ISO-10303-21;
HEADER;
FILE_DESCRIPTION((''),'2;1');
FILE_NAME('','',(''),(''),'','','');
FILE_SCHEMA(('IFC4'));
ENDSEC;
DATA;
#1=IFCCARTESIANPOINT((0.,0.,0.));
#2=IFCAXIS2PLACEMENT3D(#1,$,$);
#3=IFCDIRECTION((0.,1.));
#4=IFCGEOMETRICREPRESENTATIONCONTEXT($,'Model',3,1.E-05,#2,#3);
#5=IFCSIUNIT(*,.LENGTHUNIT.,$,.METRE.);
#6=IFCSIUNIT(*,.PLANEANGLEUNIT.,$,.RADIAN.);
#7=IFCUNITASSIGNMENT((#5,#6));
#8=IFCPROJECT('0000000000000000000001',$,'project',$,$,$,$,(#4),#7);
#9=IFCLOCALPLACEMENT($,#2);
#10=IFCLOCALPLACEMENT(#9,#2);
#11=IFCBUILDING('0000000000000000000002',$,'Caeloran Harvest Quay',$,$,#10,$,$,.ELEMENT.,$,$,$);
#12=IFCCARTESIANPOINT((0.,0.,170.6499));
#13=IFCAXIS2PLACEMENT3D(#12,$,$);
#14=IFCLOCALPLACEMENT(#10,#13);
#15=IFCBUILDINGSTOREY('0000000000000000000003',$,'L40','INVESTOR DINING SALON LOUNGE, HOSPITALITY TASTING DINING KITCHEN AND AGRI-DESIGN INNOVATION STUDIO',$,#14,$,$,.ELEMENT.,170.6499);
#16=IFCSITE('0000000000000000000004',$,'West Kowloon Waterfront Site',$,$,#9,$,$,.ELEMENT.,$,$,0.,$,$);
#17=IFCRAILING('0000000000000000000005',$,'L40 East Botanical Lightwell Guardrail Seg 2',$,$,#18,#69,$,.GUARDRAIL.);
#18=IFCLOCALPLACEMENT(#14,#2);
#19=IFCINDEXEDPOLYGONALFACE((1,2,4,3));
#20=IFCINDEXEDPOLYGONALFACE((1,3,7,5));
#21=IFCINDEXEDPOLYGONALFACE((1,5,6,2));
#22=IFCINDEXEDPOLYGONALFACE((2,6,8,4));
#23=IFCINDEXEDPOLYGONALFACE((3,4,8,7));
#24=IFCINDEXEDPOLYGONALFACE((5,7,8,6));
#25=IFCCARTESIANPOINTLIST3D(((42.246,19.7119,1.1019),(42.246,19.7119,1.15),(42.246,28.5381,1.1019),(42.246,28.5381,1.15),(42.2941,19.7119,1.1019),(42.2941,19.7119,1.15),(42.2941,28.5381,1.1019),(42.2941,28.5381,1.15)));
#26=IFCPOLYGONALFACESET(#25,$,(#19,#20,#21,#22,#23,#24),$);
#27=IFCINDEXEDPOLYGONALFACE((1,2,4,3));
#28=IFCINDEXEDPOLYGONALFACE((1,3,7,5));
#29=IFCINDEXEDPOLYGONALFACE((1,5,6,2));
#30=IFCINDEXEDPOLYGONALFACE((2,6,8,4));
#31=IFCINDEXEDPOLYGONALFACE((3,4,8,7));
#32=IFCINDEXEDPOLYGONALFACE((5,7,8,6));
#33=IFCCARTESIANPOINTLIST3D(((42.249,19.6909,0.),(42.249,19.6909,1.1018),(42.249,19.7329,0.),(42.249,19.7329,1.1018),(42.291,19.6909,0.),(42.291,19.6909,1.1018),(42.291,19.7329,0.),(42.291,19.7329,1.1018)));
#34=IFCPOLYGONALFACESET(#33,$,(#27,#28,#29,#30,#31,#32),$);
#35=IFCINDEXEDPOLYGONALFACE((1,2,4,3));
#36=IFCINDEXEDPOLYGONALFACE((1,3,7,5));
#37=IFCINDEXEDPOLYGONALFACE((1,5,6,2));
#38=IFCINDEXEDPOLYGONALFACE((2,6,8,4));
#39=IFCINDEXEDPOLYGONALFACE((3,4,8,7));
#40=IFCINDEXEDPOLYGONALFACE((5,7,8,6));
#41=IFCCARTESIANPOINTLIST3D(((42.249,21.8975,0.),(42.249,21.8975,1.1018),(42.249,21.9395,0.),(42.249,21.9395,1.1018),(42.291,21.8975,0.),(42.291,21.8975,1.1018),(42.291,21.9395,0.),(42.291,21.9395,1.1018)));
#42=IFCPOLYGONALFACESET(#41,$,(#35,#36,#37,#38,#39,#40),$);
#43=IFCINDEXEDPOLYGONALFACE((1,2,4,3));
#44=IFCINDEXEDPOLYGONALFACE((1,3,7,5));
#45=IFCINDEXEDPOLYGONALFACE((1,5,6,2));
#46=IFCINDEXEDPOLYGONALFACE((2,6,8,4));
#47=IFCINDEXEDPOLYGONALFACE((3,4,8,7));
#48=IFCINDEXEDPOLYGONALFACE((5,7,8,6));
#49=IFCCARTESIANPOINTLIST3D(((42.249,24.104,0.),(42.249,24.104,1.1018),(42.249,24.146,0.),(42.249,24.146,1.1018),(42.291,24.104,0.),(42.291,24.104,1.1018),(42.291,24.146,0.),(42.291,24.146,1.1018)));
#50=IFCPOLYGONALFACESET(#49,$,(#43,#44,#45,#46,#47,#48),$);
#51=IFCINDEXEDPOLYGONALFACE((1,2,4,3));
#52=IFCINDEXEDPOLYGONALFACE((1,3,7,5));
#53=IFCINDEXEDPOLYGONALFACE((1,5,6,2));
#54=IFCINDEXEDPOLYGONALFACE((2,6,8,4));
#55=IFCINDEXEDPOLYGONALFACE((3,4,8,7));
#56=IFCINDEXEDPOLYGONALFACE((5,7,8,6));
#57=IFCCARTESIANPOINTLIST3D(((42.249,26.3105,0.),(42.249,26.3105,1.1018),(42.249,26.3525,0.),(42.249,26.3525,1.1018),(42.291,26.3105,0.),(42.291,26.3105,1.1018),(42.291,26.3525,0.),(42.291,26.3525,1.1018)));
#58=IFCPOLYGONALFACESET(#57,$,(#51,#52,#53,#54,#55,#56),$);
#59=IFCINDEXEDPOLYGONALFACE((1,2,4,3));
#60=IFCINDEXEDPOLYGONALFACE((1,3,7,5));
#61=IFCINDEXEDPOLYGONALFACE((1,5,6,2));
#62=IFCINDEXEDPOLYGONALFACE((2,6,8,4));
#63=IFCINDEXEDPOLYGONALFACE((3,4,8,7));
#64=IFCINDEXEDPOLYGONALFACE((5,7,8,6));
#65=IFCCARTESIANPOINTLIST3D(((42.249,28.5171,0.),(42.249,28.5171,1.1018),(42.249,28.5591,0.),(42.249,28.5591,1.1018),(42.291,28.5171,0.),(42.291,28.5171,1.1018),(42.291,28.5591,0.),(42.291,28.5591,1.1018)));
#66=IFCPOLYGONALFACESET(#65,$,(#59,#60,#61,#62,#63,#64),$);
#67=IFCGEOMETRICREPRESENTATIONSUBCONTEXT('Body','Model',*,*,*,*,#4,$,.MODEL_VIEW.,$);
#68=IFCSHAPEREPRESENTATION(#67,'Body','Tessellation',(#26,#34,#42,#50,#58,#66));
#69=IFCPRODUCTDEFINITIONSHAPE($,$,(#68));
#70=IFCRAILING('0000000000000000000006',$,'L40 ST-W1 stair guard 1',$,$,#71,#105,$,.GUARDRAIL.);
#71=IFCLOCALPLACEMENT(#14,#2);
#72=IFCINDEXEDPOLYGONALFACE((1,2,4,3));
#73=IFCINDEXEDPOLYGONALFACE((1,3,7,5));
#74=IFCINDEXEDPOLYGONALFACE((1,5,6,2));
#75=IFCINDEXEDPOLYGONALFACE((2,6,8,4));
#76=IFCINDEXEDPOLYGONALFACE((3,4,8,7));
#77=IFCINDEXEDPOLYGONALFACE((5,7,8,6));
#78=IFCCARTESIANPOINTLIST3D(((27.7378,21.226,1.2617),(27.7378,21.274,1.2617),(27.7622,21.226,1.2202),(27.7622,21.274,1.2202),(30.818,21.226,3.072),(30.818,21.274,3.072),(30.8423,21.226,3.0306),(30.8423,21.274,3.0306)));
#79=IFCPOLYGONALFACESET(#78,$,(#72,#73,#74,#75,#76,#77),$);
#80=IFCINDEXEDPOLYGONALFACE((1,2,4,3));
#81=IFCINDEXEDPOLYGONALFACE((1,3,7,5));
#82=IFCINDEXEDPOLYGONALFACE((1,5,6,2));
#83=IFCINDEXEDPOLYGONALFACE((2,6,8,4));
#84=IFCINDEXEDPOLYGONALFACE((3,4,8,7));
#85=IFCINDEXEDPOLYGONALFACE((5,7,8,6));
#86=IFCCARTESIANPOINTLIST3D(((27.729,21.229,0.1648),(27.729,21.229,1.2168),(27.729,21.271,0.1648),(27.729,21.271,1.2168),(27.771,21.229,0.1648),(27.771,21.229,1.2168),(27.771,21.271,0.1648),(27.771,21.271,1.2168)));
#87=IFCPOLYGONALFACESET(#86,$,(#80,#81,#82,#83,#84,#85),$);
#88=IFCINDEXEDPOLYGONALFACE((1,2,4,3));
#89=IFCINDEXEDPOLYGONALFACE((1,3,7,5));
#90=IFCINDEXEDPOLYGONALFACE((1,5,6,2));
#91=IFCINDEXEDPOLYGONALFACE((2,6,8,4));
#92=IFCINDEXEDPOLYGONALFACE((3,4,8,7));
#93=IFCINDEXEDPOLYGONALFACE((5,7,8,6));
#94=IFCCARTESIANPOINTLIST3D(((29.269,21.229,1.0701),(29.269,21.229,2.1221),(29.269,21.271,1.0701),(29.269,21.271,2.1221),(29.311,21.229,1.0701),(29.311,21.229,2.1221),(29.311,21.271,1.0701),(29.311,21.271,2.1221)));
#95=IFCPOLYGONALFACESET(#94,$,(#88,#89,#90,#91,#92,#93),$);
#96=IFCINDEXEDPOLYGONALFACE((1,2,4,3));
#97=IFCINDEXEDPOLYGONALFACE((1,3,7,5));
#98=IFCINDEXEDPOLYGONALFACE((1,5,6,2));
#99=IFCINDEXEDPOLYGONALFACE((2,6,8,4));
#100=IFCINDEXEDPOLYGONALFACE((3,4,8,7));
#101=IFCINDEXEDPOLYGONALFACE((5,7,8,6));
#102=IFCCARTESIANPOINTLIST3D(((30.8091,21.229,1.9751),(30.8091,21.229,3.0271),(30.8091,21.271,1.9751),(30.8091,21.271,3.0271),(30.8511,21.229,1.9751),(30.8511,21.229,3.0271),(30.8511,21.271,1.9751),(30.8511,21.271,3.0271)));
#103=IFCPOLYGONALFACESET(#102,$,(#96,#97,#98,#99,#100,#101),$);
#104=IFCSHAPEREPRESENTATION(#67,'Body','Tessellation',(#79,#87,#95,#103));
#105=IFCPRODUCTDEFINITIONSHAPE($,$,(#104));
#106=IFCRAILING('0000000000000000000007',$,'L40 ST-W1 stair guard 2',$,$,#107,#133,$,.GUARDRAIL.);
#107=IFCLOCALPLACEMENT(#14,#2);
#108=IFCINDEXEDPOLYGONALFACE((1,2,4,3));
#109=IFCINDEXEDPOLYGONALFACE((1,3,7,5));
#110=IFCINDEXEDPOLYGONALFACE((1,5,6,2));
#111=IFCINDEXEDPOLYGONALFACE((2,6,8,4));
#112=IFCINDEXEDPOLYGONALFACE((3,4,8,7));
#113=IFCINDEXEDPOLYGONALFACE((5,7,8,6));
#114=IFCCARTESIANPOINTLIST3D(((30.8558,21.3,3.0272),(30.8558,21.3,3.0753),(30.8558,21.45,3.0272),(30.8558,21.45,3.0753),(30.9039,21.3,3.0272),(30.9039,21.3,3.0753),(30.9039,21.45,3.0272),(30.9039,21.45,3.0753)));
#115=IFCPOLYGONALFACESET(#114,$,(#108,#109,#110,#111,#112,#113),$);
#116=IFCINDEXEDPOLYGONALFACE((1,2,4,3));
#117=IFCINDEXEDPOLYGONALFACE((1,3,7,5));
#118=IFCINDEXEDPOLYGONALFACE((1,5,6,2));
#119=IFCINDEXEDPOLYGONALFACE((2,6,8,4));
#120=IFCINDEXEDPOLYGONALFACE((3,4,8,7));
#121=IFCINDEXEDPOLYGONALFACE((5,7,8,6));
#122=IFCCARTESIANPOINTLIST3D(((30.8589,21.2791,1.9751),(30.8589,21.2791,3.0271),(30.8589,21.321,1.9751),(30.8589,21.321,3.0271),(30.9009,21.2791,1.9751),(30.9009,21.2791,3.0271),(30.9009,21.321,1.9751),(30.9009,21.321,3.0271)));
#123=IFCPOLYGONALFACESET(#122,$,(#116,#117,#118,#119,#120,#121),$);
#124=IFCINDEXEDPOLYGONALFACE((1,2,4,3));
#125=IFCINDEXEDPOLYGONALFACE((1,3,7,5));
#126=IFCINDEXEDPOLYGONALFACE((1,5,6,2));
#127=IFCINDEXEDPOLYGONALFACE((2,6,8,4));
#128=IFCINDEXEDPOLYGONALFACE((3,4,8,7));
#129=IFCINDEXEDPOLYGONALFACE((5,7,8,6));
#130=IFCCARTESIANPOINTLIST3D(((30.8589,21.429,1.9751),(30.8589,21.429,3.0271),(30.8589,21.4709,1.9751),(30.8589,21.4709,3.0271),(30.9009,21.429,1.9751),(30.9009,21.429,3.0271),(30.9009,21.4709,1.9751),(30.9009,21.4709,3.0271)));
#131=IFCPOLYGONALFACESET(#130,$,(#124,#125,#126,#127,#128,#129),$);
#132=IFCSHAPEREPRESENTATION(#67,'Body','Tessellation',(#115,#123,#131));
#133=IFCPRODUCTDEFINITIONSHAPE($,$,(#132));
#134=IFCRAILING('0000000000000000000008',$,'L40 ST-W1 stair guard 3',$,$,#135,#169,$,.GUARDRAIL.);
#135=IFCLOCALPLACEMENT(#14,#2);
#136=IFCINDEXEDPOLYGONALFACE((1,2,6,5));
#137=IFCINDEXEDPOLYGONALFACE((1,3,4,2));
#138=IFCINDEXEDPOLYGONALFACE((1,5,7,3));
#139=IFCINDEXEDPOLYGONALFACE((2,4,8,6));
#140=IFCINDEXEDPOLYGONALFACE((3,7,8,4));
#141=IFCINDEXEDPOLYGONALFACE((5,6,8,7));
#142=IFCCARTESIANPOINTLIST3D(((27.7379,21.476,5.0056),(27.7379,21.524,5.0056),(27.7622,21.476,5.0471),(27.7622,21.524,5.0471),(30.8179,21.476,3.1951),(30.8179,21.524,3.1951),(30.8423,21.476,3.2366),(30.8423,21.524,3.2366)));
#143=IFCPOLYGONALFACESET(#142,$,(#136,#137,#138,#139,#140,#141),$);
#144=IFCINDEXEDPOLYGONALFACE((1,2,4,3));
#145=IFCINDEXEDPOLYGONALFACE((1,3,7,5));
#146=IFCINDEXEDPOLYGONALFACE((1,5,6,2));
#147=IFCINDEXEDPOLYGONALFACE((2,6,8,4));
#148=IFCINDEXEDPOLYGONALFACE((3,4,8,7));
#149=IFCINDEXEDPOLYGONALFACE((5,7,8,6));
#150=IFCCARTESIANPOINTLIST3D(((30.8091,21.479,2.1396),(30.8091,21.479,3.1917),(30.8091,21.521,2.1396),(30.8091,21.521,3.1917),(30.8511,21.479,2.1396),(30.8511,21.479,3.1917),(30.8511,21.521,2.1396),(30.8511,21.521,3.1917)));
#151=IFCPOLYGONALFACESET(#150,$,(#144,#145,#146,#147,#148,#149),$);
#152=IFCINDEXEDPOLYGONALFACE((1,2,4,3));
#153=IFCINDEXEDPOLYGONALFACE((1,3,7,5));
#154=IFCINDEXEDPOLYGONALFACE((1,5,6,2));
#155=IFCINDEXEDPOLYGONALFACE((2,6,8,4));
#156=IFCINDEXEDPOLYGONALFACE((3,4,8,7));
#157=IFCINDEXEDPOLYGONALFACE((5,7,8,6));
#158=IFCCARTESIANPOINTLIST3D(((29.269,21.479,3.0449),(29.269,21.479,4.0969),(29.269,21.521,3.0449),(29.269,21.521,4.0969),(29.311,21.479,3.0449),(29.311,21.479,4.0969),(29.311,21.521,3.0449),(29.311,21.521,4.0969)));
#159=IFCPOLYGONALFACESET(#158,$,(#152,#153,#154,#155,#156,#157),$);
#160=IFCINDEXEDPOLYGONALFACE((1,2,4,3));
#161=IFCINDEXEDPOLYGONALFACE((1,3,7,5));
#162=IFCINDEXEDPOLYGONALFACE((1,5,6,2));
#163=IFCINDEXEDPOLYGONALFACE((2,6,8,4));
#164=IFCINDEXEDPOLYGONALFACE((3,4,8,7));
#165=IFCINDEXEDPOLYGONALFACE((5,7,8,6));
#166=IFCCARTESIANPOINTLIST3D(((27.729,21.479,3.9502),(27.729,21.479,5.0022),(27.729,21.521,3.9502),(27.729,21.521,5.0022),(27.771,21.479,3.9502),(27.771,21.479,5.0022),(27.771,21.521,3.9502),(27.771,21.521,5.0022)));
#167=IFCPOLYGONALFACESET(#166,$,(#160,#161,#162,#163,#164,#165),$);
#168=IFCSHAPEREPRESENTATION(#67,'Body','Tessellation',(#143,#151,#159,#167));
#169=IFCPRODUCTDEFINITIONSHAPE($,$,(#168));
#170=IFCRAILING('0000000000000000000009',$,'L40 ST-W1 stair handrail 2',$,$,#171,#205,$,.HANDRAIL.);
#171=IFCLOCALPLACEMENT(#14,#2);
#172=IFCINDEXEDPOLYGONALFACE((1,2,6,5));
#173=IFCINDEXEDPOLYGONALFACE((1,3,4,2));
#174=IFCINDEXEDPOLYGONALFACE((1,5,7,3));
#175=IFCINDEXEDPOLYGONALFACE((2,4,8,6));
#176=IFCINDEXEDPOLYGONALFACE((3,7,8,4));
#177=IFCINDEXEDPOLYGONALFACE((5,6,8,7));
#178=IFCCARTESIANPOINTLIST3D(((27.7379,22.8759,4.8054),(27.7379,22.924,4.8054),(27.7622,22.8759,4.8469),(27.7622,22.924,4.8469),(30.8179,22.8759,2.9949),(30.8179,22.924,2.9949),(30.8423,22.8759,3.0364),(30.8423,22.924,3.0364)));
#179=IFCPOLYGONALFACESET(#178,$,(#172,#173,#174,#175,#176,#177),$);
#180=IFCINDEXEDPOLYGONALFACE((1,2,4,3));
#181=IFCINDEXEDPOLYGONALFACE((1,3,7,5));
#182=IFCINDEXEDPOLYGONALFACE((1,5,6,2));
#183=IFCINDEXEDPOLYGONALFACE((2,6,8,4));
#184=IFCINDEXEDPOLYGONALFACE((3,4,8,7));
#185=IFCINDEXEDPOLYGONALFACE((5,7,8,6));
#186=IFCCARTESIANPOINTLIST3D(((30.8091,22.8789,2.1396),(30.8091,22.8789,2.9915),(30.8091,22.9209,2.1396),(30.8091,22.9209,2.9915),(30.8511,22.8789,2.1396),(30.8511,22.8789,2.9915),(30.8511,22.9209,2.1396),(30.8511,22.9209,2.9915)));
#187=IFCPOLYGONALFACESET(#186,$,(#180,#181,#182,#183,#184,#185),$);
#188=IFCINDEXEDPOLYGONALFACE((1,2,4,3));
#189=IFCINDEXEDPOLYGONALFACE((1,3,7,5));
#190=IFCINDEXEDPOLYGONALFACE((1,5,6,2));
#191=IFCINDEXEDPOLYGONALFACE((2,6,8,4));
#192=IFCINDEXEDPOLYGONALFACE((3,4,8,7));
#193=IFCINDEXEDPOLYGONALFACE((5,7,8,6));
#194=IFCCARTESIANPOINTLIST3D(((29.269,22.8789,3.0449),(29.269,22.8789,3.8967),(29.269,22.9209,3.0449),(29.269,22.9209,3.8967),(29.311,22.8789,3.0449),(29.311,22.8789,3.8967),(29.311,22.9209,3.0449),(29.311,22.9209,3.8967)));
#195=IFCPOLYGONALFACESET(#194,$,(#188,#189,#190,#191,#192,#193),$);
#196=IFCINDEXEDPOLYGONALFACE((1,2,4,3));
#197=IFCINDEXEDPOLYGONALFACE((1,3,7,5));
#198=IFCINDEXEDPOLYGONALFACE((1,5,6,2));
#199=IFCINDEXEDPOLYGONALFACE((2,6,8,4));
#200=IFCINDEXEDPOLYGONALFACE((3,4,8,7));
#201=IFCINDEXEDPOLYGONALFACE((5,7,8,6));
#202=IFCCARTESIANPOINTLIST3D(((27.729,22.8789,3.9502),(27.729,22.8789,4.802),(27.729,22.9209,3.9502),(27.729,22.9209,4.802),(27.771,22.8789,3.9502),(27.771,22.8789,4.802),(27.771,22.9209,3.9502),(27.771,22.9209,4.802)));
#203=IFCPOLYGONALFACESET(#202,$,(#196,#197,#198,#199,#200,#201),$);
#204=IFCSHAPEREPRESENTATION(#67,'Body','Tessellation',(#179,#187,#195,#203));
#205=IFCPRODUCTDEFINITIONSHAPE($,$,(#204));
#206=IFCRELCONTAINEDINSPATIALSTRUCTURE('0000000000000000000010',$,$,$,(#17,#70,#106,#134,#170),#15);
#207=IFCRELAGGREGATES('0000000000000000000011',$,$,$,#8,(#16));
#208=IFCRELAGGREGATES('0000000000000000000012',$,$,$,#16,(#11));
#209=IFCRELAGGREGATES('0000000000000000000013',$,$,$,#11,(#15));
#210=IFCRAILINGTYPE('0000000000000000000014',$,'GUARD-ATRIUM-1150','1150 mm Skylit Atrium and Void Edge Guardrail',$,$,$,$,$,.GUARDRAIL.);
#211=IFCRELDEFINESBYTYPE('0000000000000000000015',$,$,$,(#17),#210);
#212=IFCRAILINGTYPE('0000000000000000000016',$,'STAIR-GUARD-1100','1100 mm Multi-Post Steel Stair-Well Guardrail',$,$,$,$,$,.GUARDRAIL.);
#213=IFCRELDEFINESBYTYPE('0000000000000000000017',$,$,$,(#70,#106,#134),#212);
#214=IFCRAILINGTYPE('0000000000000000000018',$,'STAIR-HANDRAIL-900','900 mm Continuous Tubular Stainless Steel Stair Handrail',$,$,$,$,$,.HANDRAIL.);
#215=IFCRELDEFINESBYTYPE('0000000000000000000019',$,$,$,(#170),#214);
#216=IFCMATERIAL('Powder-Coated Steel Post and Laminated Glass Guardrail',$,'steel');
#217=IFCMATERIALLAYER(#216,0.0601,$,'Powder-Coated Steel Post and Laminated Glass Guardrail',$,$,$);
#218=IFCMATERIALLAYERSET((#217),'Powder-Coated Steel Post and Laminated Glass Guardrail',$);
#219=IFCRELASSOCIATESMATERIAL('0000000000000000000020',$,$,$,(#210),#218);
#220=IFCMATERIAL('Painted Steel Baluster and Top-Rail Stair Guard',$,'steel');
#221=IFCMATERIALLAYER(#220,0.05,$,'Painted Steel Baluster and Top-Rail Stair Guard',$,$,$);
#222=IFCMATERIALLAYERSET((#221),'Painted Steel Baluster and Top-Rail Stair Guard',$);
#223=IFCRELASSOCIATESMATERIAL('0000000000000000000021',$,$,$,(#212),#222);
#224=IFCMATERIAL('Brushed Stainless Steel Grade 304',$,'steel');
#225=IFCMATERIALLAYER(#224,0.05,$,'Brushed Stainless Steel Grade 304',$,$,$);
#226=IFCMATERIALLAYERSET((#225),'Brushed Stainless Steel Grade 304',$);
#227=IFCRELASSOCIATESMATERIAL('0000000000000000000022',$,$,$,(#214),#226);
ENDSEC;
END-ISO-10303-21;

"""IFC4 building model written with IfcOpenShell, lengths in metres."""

from ifc_helpers import new_model, si_unit, direction, frame, origin, origin_2d, place, context, subcontext, project, spatial, rectangle, extrude, material, layer, layer_set, type_object, element, save


model = new_model("IFC4")

# Units and contexts
model_context = context("Model", 3, precision=1e-05, world=origin(), true_north=direction((0.0, 1.0)))
body_context = subcontext(model_context, "Body", "Model", "MODEL_VIEW")
ifc_project = project(units=[si_unit("LENGTHUNIT", "METRE"), si_unit("PLANEANGLEUNIT", "RADIAN")], contexts=[model_context])

# Site, building, storey
site_placement = place(None, origin())
site = spatial("IfcSite", under=ifc_project, at=site_placement, Name="West Kowloon Waterfront Site", CompositionType="ELEMENT", RefElevation=0.0)
building_placement = place(site_placement, origin())
building = spatial("IfcBuilding", under=site, at=building_placement, Name="Caeloran Harvest Quay", CompositionType="ELEMENT")
storey_placement = place(building_placement, frame((0.0, 0.0, 170.6499)))
storey = spatial("IfcBuildingStorey", under=building, at=storey_placement, Name="L40", Description="INVESTOR DINING SALON LOUNGE, HOSPITALITY TASTING DINING KITCHEN AND AGRI-DESIGN INNOVATION STUDIO", CompositionType="ELEMENT", Elevation=170.6499)

# Railings
ifc_material_1 = material(Name="Powder-Coated Steel Post and Laminated Glass Guardrail", Category="steel")
ifc_layer_1 = layer(ifc_material_1, 0.0601, Name="Powder-Coated Steel Post and Laminated Glass Guardrail")
ifc_layer_set_1 = layer_set([ifc_layer_1], Name="Powder-Coated Steel Post and Laminated Glass Guardrail")
railing_type_1 = type_object("IfcRailingType", Name="GUARD-ATRIUM-1150", Description="1150 mm Skylit Atrium and Void Edge Guardrail", PredefinedType="GUARDRAIL", material=ifc_layer_set_1)
railing_1_placement = place(storey_placement, frame((42.27, 19.7119, 0.0)))
element("IfcRailing", 1, at=railing_1_placement, inside=storey, type_object=railing_type_1, Name="L40 East Botanical Lightwell Guardrail Seg 2", PredefinedType="GUARDRAIL", context=body_context, shape_type="SweptSolid", body=[
    extrude(rectangle(XDim=0.0481, YDim=0.0481, at=origin_2d()), frame((0.0, 0.0, 1.126), z_axis=(0.0, 1.0, 0.0), x_axis=(-1.0, 0.0, 0.0)), (0.0, 0.0, 1.0), 8.8262),
    extrude(rectangle(XDim=0.042, YDim=0.042, at=origin_2d()), origin(), (0.0, 0.0, 1.0), 1.1018),
    extrude(rectangle(XDim=0.042, YDim=0.042, at=origin_2d()), frame((0.0, 2.2065, 0.0)), (0.0, 0.0, 1.0), 1.1018),
    extrude(rectangle(XDim=0.042, YDim=0.042, at=origin_2d()), frame((0.0, 4.4131, 0.0)), (0.0, 0.0, 1.0), 1.1018),
    extrude(rectangle(XDim=0.042, YDim=0.042, at=origin_2d()), frame((0.0, 6.6196, 0.0)), (0.0, 0.0, 1.0), 1.1018),
    extrude(rectangle(XDim=0.042, YDim=0.042, at=origin_2d()), frame((0.0, 8.8262, 0.0)), (0.0, 0.0, 1.0), 1.1018),
])
ifc_material_2 = material(Name="Painted Steel Baluster and Top-Rail Stair Guard", Category="steel")
ifc_layer_2 = layer(ifc_material_2, 0.05, Name="Painted Steel Baluster and Top-Rail Stair Guard")
ifc_layer_set_2 = layer_set([ifc_layer_2], Name="Painted Steel Baluster and Top-Rail Stair Guard")
railing_type_2 = type_object("IfcRailingType", Name="STAIR-GUARD-1100", Description="1100 mm Multi-Post Steel Stair-Well Guardrail", PredefinedType="GUARDRAIL", material=ifc_layer_set_2)
railing_2_placement = place(storey_placement, frame((27.75, 21.25, 0.1648)))
element("IfcRailing", 2, at=railing_2_placement, inside=storey, type_object=railing_type_2, Name="L40 ST-W1 stair guard 1", PredefinedType="GUARDRAIL", context=body_context, shape_type="SweptSolid", body=[
    extrude(rectangle(XDim=0.0481, YDim=0.0481, at=origin_2d()), frame((0.0, 0.0, 1.0762), z_axis=(0.862119, 0.0, 0.506707), x_axis=(0.0, 1.0, 0.0)), (0.0, 0.0, 1.0), 3.5728),
    extrude(rectangle(XDim=0.042, YDim=0.042, at=origin_2d()), origin(), (0.0, 0.0, 1.0), 1.052),
    extrude(rectangle(XDim=0.042, YDim=0.042, at=origin_2d()), frame((1.54, 0.0, 0.9053)), (0.0, 0.0, 1.0), 1.052),
    extrude(rectangle(XDim=0.042, YDim=0.042, at=origin_2d()), frame((3.0801, 0.0, 1.8103)), (0.0, 0.0, 1.0), 1.052),
])
railing_3_placement = place(storey_placement, frame((30.8799, 21.3, 1.9751)))
element("IfcRailing", 3, at=railing_3_placement, inside=storey, type_object=railing_type_2, Name="L40 ST-W1 stair guard 2", PredefinedType="GUARDRAIL", context=body_context, shape_type="SweptSolid", body=[
    extrude(rectangle(XDim=0.0481, YDim=0.0481, at=origin_2d()), frame((0.0, 0.0, 1.0762), z_axis=(0.0, 1.0, 0.0), x_axis=(-1.0, 0.0, 0.0)), (0.0, 0.0, 1.0), 0.1499),
    extrude(rectangle(XDim=0.042, YDim=0.042, at=origin_2d()), origin(), (0.0, 0.0, 1.0), 1.052),
    extrude(rectangle(XDim=0.042, YDim=0.042, at=origin_2d()), frame((0.0, 0.1499, 0.0)), (0.0, 0.0, 1.0), 1.052),
])
railing_4_placement = place(storey_placement, frame((30.8301, 21.5, 2.1396)))
element("IfcRailing", 4, at=railing_4_placement, inside=storey, type_object=railing_type_2, Name="L40 ST-W1 stair guard 3", PredefinedType="GUARDRAIL", context=body_context, shape_type="SweptSolid", body=[
    extrude(rectangle(XDim=0.0481, YDim=0.0481, at=origin_2d()), frame((0.0, 0.0, 1.0762), z_axis=(-0.862089, 0.0, 0.506757), x_axis=(0.0, -1.0, 0.0)), (0.0, 0.0, 1.0), 3.5728),
    extrude(rectangle(XDim=0.042, YDim=0.042, at=origin_2d()), origin(), (0.0, 0.0, 1.0), 1.052),
    extrude(rectangle(XDim=0.042, YDim=0.042, at=origin_2d()), frame((-1.54, 0.0, 0.9053)), (0.0, 0.0, 1.0), 1.052),
    extrude(rectangle(XDim=0.042, YDim=0.042, at=origin_2d()), frame((-3.0801, 0.0, 1.8105)), (0.0, 0.0, 1.0), 1.052),
])
ifc_material_3 = material(Name="Brushed Stainless Steel Grade 304", Category="steel")
ifc_layer_3 = layer(ifc_material_3, 0.05, Name="Brushed Stainless Steel Grade 304")
ifc_layer_set_3 = layer_set([ifc_layer_3], Name="Brushed Stainless Steel Grade 304")
railing_type_3 = type_object("IfcRailingType", Name="STAIR-HANDRAIL-900", Description="900 mm Continuous Tubular Stainless Steel Stair Handrail", PredefinedType="HANDRAIL", material=ifc_layer_set_3)
railing_5_placement = place(storey_placement, frame((30.8301, 22.8999, 2.1396)))
element("IfcRailing", 5, at=railing_5_placement, inside=storey, type_object=railing_type_3, Name="L40 ST-W1 stair handrail 2", PredefinedType="HANDRAIL", context=body_context, shape_type="SweptSolid", body=[
    extrude(rectangle(XDim=0.0481, YDim=0.0481, at=origin_2d()), frame((0.0, 0.0, 0.876), z_axis=(-0.862089, 0.0, 0.506757), x_axis=(0.0, -1.0, 0.0)), (0.0, 0.0, 1.0), 3.5728),
    extrude(rectangle(XDim=0.042, YDim=0.042, at=origin_2d()), origin(), (0.0, 0.0, 1.0), 0.8518),
    extrude(rectangle(XDim=0.042, YDim=0.042, at=origin_2d()), frame((-1.54, 0.0, 0.9053)), (0.0, 0.0, 1.0), 0.8518),
    extrude(rectangle(XDim=0.042, YDim=0.042, at=origin_2d()), frame((-3.0801, 0.0, 1.8105)), (0.0, 0.0, 1.0), 0.8518),
])

save(model, "model.ifc")
